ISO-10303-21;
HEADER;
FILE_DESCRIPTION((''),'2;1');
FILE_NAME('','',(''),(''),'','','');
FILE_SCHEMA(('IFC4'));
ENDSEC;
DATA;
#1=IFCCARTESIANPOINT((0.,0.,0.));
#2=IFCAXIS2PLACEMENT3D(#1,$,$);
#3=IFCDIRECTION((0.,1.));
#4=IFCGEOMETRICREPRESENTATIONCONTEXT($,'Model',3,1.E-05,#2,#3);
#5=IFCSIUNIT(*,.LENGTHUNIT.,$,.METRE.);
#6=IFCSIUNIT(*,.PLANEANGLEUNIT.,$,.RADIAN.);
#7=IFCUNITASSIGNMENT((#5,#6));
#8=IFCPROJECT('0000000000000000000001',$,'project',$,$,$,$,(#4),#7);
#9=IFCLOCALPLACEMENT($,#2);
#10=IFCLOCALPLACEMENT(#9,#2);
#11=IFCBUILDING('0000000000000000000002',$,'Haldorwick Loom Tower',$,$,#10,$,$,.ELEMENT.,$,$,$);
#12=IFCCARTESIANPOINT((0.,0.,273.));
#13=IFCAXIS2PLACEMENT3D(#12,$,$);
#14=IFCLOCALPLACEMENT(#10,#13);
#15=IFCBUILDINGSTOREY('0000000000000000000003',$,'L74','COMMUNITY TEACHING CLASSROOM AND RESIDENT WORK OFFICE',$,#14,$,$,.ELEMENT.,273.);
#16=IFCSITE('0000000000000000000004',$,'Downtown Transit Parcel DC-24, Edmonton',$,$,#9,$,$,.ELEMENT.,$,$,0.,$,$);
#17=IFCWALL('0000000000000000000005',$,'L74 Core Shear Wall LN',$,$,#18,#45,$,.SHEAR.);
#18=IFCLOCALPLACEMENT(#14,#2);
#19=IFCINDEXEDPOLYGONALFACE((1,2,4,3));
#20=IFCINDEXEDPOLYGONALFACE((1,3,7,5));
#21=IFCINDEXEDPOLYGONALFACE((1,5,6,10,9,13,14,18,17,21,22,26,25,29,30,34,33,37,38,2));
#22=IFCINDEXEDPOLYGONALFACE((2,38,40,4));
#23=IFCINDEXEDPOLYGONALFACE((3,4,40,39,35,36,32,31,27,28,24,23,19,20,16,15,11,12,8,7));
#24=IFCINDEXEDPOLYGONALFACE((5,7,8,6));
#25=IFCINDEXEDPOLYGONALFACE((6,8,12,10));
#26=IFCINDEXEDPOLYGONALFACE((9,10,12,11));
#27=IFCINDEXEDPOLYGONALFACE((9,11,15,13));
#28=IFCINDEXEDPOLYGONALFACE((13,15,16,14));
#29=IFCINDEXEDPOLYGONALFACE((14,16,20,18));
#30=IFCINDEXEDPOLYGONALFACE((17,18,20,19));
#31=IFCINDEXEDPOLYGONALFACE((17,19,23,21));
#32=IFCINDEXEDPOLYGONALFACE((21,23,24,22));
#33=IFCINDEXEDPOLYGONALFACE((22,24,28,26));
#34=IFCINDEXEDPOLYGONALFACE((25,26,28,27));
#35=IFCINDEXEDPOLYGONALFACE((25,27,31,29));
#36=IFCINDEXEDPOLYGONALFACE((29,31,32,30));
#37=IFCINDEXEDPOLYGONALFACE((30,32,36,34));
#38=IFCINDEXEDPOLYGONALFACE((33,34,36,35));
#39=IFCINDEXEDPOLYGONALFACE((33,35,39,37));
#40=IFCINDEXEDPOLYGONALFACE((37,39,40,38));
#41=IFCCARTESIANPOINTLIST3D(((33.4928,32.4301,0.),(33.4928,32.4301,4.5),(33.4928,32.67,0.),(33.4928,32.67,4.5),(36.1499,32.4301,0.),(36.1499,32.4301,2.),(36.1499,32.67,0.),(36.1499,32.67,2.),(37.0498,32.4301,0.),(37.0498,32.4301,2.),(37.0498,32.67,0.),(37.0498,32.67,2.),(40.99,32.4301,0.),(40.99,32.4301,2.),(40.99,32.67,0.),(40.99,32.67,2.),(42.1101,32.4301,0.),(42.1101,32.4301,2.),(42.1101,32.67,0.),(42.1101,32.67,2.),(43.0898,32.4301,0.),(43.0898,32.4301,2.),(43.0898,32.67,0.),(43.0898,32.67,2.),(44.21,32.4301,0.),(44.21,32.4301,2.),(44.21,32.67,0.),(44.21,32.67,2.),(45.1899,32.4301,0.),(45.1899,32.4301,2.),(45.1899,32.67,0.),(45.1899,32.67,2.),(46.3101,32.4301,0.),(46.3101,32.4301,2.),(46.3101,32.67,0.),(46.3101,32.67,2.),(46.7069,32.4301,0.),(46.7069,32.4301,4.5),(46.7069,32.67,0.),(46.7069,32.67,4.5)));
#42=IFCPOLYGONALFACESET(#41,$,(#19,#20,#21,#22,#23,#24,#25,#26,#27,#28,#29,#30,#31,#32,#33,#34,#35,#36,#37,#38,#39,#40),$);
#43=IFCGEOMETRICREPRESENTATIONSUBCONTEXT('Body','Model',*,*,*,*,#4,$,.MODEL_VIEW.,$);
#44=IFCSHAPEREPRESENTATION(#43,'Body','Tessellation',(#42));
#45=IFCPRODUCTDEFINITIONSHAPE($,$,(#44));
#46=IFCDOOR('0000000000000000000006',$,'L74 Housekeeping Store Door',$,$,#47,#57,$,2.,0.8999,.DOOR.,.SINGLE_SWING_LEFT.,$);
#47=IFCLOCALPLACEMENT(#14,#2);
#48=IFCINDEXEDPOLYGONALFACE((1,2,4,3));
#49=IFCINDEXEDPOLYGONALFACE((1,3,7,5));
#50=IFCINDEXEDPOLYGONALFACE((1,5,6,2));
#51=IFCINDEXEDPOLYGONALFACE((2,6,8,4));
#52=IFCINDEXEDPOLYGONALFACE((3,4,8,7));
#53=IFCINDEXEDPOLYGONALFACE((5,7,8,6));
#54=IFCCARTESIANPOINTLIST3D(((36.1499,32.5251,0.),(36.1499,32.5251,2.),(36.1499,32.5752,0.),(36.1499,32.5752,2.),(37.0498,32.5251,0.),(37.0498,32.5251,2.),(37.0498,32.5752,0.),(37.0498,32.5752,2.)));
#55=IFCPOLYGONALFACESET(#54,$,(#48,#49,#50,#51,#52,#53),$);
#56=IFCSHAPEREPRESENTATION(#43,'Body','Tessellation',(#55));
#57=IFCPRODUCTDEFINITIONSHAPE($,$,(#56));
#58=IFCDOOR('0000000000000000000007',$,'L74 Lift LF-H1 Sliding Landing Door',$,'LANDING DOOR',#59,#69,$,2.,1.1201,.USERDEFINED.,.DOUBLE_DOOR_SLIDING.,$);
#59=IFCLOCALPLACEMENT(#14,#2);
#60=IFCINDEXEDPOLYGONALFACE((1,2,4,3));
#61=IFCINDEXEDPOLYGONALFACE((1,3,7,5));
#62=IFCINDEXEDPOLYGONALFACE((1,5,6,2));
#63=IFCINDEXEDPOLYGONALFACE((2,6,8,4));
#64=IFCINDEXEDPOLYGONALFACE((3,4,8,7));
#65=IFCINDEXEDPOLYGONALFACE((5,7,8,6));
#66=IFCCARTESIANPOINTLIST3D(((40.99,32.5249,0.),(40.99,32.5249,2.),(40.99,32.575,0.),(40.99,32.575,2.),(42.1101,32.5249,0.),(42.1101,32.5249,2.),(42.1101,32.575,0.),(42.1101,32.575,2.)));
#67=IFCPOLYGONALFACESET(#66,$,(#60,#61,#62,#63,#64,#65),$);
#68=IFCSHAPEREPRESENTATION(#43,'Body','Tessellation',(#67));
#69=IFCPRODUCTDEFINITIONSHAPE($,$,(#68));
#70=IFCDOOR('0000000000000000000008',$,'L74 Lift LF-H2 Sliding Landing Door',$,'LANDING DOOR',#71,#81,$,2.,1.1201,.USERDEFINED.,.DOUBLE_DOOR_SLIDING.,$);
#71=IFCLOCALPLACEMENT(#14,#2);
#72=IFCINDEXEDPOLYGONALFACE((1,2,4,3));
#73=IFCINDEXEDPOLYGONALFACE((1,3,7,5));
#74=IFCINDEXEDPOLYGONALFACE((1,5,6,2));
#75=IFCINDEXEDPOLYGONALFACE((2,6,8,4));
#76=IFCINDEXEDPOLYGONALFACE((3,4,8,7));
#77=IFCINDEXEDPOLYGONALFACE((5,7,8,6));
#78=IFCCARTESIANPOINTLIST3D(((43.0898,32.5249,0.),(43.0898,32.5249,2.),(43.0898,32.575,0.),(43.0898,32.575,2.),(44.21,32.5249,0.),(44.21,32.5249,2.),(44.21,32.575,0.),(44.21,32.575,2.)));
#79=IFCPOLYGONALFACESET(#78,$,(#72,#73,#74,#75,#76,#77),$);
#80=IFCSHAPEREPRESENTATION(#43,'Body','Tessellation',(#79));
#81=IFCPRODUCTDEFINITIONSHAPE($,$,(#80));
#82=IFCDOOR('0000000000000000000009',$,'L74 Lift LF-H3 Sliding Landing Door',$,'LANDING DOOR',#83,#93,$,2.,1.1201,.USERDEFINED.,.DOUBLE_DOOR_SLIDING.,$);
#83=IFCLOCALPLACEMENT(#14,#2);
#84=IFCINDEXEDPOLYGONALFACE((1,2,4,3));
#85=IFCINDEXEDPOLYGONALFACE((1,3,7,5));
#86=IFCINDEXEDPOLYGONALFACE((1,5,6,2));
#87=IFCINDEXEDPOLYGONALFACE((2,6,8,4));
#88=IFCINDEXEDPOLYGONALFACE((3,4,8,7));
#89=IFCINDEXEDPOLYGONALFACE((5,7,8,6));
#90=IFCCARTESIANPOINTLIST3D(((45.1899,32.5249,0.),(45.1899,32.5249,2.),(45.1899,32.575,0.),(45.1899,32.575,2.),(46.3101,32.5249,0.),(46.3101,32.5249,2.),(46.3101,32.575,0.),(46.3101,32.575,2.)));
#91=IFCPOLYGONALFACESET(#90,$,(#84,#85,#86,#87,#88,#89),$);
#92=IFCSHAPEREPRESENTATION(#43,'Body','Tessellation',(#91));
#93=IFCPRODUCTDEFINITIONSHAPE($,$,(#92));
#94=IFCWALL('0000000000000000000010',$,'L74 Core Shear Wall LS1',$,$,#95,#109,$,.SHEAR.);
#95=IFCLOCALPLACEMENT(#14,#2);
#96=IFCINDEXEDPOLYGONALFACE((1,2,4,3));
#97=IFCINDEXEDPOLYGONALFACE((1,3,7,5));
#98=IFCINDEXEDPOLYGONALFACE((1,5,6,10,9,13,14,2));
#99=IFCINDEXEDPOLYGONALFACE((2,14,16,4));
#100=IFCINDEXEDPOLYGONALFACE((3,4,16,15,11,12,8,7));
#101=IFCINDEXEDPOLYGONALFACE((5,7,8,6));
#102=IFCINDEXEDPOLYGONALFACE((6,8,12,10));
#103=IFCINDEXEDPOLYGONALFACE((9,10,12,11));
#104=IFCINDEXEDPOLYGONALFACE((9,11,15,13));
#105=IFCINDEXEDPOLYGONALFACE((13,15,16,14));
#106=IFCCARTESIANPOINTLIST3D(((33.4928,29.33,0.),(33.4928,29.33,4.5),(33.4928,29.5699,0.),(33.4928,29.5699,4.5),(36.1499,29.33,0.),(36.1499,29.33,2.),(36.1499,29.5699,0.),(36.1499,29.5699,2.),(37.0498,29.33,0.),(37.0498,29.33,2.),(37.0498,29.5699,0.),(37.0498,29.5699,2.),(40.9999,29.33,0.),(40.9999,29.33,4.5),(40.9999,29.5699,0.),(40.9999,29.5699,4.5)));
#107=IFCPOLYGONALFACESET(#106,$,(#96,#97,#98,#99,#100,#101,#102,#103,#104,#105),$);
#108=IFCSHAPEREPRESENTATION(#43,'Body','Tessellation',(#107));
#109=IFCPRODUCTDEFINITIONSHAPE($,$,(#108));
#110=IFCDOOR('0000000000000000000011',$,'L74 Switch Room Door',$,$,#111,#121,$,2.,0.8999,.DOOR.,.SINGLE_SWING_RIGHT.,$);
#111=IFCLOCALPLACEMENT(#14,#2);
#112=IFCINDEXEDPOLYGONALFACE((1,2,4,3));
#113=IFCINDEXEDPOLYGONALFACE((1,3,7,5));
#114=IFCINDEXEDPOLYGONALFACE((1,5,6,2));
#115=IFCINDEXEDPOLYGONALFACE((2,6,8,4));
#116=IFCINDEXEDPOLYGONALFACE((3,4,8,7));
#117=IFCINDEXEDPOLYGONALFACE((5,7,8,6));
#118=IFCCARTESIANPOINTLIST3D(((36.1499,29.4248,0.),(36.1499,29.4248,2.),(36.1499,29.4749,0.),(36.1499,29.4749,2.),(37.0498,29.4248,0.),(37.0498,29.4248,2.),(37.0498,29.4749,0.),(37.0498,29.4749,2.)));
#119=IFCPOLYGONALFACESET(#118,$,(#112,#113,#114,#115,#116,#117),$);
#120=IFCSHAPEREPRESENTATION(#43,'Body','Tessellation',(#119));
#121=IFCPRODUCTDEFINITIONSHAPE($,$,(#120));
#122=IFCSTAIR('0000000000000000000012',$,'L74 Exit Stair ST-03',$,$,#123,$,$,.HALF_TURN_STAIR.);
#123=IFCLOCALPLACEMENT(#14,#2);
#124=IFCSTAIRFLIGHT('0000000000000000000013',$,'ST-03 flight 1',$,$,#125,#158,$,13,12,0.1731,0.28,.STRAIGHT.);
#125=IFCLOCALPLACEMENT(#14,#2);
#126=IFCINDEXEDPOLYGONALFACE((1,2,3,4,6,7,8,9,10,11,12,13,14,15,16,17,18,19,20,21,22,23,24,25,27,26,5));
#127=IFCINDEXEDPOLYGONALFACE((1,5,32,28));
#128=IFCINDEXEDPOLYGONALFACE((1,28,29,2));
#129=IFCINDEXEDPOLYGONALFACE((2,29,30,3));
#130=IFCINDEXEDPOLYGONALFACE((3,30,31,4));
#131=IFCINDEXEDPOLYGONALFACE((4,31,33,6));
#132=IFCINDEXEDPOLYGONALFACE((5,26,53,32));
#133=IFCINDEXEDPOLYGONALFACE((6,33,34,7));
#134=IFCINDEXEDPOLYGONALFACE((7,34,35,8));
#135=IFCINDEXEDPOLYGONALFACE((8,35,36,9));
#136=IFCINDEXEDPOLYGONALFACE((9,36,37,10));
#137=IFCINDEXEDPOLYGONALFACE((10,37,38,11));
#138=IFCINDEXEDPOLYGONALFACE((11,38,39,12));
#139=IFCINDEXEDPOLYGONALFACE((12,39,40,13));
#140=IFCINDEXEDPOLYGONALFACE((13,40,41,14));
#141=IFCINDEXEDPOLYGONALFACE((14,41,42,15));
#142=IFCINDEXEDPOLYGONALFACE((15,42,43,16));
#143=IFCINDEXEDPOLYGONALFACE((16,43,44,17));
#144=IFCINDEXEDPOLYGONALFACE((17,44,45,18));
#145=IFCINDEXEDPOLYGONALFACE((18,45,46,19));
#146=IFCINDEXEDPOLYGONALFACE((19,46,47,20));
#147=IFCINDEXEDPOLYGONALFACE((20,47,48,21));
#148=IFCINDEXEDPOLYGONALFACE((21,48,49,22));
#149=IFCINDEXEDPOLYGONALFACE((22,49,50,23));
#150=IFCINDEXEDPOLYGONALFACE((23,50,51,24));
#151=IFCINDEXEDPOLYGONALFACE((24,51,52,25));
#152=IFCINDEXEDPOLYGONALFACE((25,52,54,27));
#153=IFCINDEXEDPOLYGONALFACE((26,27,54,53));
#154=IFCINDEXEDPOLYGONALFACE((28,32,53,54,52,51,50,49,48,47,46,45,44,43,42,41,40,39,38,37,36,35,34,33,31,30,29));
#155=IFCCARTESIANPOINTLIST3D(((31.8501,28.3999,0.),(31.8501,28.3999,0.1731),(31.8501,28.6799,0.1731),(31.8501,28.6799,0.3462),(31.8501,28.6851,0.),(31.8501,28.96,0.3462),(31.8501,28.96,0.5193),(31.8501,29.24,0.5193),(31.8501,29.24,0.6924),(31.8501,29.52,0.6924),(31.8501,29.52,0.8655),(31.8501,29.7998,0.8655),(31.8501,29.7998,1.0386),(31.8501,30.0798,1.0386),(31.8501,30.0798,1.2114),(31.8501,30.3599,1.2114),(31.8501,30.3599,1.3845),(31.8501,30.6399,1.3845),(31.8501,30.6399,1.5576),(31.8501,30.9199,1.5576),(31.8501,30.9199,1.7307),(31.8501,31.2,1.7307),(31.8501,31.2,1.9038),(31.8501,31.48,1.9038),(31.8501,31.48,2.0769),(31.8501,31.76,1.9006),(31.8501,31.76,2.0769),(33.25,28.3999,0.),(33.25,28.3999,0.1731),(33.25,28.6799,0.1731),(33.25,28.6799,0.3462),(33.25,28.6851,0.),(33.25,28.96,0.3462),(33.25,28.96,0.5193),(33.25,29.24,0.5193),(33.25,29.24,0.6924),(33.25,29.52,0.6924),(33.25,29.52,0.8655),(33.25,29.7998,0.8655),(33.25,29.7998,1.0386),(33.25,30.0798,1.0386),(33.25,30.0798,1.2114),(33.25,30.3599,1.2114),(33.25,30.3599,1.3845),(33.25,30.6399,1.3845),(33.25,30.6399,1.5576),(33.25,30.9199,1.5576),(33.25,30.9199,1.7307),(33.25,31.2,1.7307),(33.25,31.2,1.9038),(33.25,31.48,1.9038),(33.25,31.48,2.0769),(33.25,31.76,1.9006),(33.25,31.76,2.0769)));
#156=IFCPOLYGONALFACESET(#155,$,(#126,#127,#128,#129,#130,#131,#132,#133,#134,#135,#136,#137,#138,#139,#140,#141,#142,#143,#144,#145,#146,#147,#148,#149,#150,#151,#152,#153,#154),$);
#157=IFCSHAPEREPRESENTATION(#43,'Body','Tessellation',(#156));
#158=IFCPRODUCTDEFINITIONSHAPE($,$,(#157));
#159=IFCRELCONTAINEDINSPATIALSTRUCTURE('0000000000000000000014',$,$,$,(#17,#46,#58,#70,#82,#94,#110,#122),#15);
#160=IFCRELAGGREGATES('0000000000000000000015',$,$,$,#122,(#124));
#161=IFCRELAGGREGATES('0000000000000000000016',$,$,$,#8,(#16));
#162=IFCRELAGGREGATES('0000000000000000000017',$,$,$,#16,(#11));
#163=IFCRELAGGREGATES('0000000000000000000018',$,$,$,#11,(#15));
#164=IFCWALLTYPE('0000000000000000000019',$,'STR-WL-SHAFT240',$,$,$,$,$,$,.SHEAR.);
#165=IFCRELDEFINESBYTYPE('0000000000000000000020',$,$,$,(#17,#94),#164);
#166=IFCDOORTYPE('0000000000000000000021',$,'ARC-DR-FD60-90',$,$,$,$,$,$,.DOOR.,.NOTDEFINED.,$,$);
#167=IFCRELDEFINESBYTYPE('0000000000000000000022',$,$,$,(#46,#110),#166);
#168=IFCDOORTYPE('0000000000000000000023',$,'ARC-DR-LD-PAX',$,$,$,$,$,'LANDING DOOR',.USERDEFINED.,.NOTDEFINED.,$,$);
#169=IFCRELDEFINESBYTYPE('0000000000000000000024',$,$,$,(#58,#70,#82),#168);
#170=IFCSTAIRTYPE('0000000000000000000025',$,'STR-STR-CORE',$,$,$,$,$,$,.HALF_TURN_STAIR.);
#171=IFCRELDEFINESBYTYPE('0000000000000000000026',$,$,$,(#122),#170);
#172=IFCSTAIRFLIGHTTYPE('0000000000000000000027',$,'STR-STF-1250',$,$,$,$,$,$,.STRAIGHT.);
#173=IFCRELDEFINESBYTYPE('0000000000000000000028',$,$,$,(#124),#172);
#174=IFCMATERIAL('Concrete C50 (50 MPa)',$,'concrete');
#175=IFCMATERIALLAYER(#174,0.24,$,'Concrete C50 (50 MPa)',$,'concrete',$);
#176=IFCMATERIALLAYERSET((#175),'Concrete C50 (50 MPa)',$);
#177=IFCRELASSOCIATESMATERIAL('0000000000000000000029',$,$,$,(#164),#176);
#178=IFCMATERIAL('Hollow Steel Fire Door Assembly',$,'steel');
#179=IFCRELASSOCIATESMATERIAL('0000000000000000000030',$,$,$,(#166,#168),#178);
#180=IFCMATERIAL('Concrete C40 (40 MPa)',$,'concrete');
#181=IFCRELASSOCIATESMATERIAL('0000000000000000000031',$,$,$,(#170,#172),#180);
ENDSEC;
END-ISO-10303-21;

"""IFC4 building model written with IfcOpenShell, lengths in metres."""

from ifc_helpers import new_model, si_unit, direction, frame, frame_2d, origin, place, context, subcontext, project, spatial, polyline, rectangle, outline, extrude, material, layer, layer_set, type_object, element, fill, aggregate, save


model = new_model("IFC4")

# Units and contexts
model_context = context("Model", 3, precision=1e-05, world=origin(), true_north=direction((0.0, 1.0)))
body_context = subcontext(model_context, "Body", "Model", "MODEL_VIEW")
ifc_project = project(units=[si_unit("LENGTHUNIT", "METRE"), si_unit("PLANEANGLEUNIT", "RADIAN")], contexts=[model_context])

# Site, building, storey
site_placement = place(None, origin())
site = spatial("IfcSite", under=ifc_project, at=site_placement, Name="Downtown Transit Parcel DC-24, Edmonton", CompositionType="ELEMENT", RefElevation=0.0)
building_placement = place(site_placement, origin())
building = spatial("IfcBuilding", under=site, at=building_placement, Name="Haldorwick Loom Tower", CompositionType="ELEMENT")
storey_placement = place(building_placement, frame((0.0, 0.0, 273.0)))
storey = spatial("IfcBuildingStorey", under=building, at=storey_placement, Name="L74", Description="COMMUNITY TEACHING CLASSROOM AND RESIDENT WORK OFFICE", CompositionType="ELEMENT", Elevation=273.0)

# Shared definitions
ifc_material_1 = material(Name="Concrete C50 (50 MPa)", Category="concrete")
ifc_layer = layer(ifc_material_1, 0.24, Name="Concrete C50 (50 MPa)", Category="concrete")
ifc_layer_set = layer_set([ifc_layer], Name="Concrete C50 (50 MPa)")
wall_type = type_object("IfcWallType", Name="STR-WL-SHAFT240", PredefinedType="SHEAR", material=ifc_layer_set)

# Shared definitions
ifc_material_2 = material(Name="Hollow Steel Fire Door Assembly", Category="steel")

# Wall, openings, doors
wall_1_placement = place(storey_placement, frame((33.4929, 32.55, 0.0), z_axis=(0.0, 0.0, 1.0), x_axis=(1.0, 0.0, 0.0)))
wall_1 = element("IfcWall", 1, at=wall_1_placement, inside=storey, type_object=wall_type, Name="L74 Core Shear Wall LN", PredefinedType="SHEAR", context=body_context, shape_type="SweptSolid", body=[
    extrude(rectangle(XDim=13.2141, YDim=0.24, at=frame_2d((6.6069, 0.0))), origin(), (0.0, 0.0, 1.0), 4.5),
])
opening_1_placement = place(wall_1_placement, frame((2.657, 0.0, 0.0)))
opening_1 = element("IfcOpeningElement", 2, at=opening_1_placement, cuts=wall_1, PredefinedType="OPENING", context=body_context, shape_type="SweptSolid", body=[
    extrude(rectangle(XDim=0.8999, YDim=2.0, at=frame_2d((0.45, 1.0))), frame((0.0, 0.1299, 0.0), z_axis=(0.0, -1.0, 0.0), x_axis=(1.0, 0.0, 0.0)), (0.0, 0.0, 1.0), 0.26),
])
opening_2_placement = place(wall_1_placement, frame((7.4971, 0.0, 0.0)))
opening_2 = element("IfcOpeningElement", 3, at=opening_2_placement, cuts=wall_1, PredefinedType="OPENING", context=body_context, shape_type="SweptSolid", body=[
    extrude(rectangle(XDim=1.1201, YDim=2.0, at=frame_2d((0.5601, 1.0))), frame((0.0, 0.1299, 0.0), z_axis=(0.0, -1.0, 0.0), x_axis=(1.0, 0.0, 0.0)), (0.0, 0.0, 1.0), 0.26),
])
opening_3_placement = place(wall_1_placement, frame((9.5969, 0.0, 0.0)))
opening_3 = element("IfcOpeningElement", 4, at=opening_3_placement, cuts=wall_1, PredefinedType="OPENING", context=body_context, shape_type="SweptSolid", body=[
    extrude(rectangle(XDim=1.1201, YDim=2.0, at=frame_2d((0.5601, 1.0))), frame((0.0, 0.1299, 0.0), z_axis=(0.0, -1.0, 0.0), x_axis=(1.0, 0.0, 0.0)), (0.0, 0.0, 1.0), 0.26),
])
opening_4_placement = place(wall_1_placement, frame((11.697, 0.0, 0.0)))
opening_4 = element("IfcOpeningElement", 5, at=opening_4_placement, cuts=wall_1, PredefinedType="OPENING", context=body_context, shape_type="SweptSolid", body=[
    extrude(rectangle(XDim=1.1201, YDim=2.0, at=frame_2d((0.5601, 1.0))), frame((0.0, 0.1299, 0.0), z_axis=(0.0, -1.0, 0.0), x_axis=(1.0, 0.0, 0.0)), (0.0, 0.0, 1.0), 0.26),
])
door_type_1 = type_object("IfcDoorType", Name="ARC-DR-FD60-90", OperationType="NOTDEFINED", PredefinedType="DOOR", material=ifc_material_2)
door_1_placement = place(opening_1_placement, frame((0.8999, 0.0, 0.0), z_axis=(0.0, 0.0, 1.0), x_axis=(-1.0, 0.0, 0.0)))
door_1 = element("IfcDoor", 6, at=door_1_placement, inside=storey, type_object=door_type_1, Name="L74 Housekeeping Store Door", OperationType="SINGLE_SWING_LEFT", OverallHeight=2.0, OverallWidth=0.8999, PredefinedType="DOOR", context=body_context, shape_type="SweptSolid", body=[
    extrude(rectangle(XDim=0.8999, YDim=2.0, at=frame_2d((0.45, 1.0))), frame((0.0, 0.0249, 0.0), z_axis=(0.0, -1.0, 0.0), x_axis=(1.0, 0.0, 0.0)), (0.0, 0.0, 1.0), 0.05),
])
fill(opening_1, door_1)
door_type_2 = type_object("IfcDoorType", Name="ARC-DR-LD-PAX", ElementType="LANDING DOOR", OperationType="NOTDEFINED", PredefinedType="USERDEFINED", material=ifc_material_2)
door_2_placement = place(opening_2_placement, origin())
door_2 = element("IfcDoor", 7, at=door_2_placement, inside=storey, type_object=door_type_2, Name="L74 Lift LF-H1 Sliding Landing Door", ObjectType="LANDING DOOR", OperationType="DOUBLE_DOOR_SLIDING", OverallHeight=2.0, OverallWidth=1.1201, PredefinedType="USERDEFINED", context=body_context, shape_type="SweptSolid", body=[
    extrude(rectangle(XDim=1.1201, YDim=2.0, at=frame_2d((0.5601, 1.0))), frame((0.0, 0.0249, 0.0), z_axis=(0.0, -1.0, 0.0), x_axis=(1.0, 0.0, 0.0)), (0.0, 0.0, 1.0), 0.05),
])
fill(opening_2, door_2)
door_3_placement = place(opening_3_placement, origin())
door_3 = element("IfcDoor", 8, at=door_3_placement, inside=storey, type_object=door_type_2, Name="L74 Lift LF-H2 Sliding Landing Door", ObjectType="LANDING DOOR", OperationType="DOUBLE_DOOR_SLIDING", OverallHeight=2.0, OverallWidth=1.1201, PredefinedType="USERDEFINED", context=body_context, shape_type="SweptSolid", body=[
    extrude(rectangle(XDim=1.1201, YDim=2.0, at=frame_2d((0.5601, 1.0))), frame((0.0, 0.0249, 0.0), z_axis=(0.0, -1.0, 0.0), x_axis=(1.0, 0.0, 0.0)), (0.0, 0.0, 1.0), 0.05),
])
fill(opening_3, door_3)
door_4_placement = place(opening_4_placement, origin())
door_4 = element("IfcDoor", 9, at=door_4_placement, inside=storey, type_object=door_type_2, Name="L74 Lift LF-H3 Sliding Landing Door", ObjectType="LANDING DOOR", OperationType="DOUBLE_DOOR_SLIDING", OverallHeight=2.0, OverallWidth=1.1201, PredefinedType="USERDEFINED", context=body_context, shape_type="SweptSolid", body=[
    extrude(rectangle(XDim=1.1201, YDim=2.0, at=frame_2d((0.5601, 1.0))), frame((0.0, 0.0249, 0.0), z_axis=(0.0, -1.0, 0.0), x_axis=(1.0, 0.0, 0.0)), (0.0, 0.0, 1.0), 0.05),
])
fill(opening_4, door_4)

# Wall, opening, door
wall_2_placement = place(storey_placement, frame((33.4929, 29.45, 0.0), z_axis=(0.0, 0.0, 1.0), x_axis=(1.0, 0.0, 0.0)))
wall_2 = element("IfcWall", 10, at=wall_2_placement, inside=storey, type_object=wall_type, Name="L74 Core Shear Wall LS1", PredefinedType="SHEAR", context=body_context, shape_type="SweptSolid", body=[
    extrude(rectangle(XDim=7.5071, YDim=0.24, at=frame_2d((3.7534, 0.0))), origin(), (0.0, 0.0, 1.0), 4.5),
])
opening_5_placement = place(wall_2_placement, frame((2.657, 0.0, 0.0)))
opening_5 = element("IfcOpeningElement", 11, at=opening_5_placement, cuts=wall_2, PredefinedType="OPENING", context=body_context, shape_type="SweptSolid", body=[
    extrude(rectangle(XDim=0.8999, YDim=2.0, at=frame_2d((0.45, 1.0))), frame((0.0, 0.1299, 0.0), z_axis=(0.0, -1.0, 0.0), x_axis=(1.0, 0.0, 0.0)), (0.0, 0.0, 1.0), 0.26),
])
door_5_placement = place(opening_5_placement, origin())
door_5 = element("IfcDoor", 12, at=door_5_placement, inside=storey, type_object=door_type_1, Name="L74 Switch Room Door", OperationType="SINGLE_SWING_RIGHT", OverallHeight=2.0, OverallWidth=0.8999, PredefinedType="DOOR", context=body_context, shape_type="SweptSolid", body=[
    extrude(rectangle(XDim=0.8999, YDim=2.0, at=frame_2d((0.45, 1.0))), frame((0.0, 0.0249, 0.0), z_axis=(0.0, -1.0, 0.0), x_axis=(1.0, 0.0, 0.0)), (0.0, 0.0, 1.0), 0.05),
])
fill(opening_5, door_5)

# Stair, stair flight
ifc_material_3 = material(Name="Concrete C40 (40 MPa)", Category="concrete")
stair_type = type_object("IfcStairType", Name="STR-STR-CORE", PredefinedType="HALF_TURN_STAIR", material=ifc_material_3)
stair_placement = place(storey_placement, origin())
stair = element("IfcStair", 13, at=stair_placement, inside=storey, type_object=stair_type, Name="L74 Exit Stair ST-03", PredefinedType="HALF_TURN_STAIR")
stair_flight_type = type_object("IfcStairFlightType", Name="STR-STF-1250", PredefinedType="STRAIGHT", material=ifc_material_3)
stair_flight_1_placement = place(storey_placement, frame((32.55, 28.3999, 0.0), z_axis=(0.0, 0.0, 1.0), x_axis=(0.0, 1.0, 0.0)))
stair_flight_1 = element("IfcStairFlight", 14, at=stair_flight_1_placement, type_object=stair_flight_type, Name="ST-03 flight 1", NumberOfRisers=13, NumberOfTreads=12, PredefinedType="STRAIGHT", RiserHeight=0.1731, TreadLength=0.28, context=body_context, shape_type="SweptSolid", body=[
    extrude(outline(polyline([(0.0, 0.0), (0.0, 0.1731), (0.28, 0.1731), (0.28, 0.3462), (0.5601, 0.3462), (0.5601, 0.5193), (0.8401, 0.5193), (0.8401, 0.6924), (1.1201, 0.6924), (1.1201, 0.8655), (1.3999, 0.8655), (1.3999, 1.0386), (1.6799, 1.0386), (1.6799, 1.2114), (1.96, 1.2114), (1.96, 1.3845), (2.24, 1.3845), (2.24, 1.5576), (2.52, 1.5576), (2.52, 1.7307), (2.8, 1.7307), (2.8, 1.9038), (3.0801, 1.9038), (3.0801, 2.0769), (3.3601, 2.0769), (3.3601, 2.25), (3.3601, 1.9006), (0.2852, 0.0), (0.0, 0.0)])), frame((0.0, 0.7, 0.0), z_axis=(0.0, -1.0, 0.0), x_axis=(1.0, 0.0, 0.0)), (0.0, 0.0, 1.0), 1.3999),
])
aggregate(stair, [stair_flight_1])

save(model, "model.ifc")
